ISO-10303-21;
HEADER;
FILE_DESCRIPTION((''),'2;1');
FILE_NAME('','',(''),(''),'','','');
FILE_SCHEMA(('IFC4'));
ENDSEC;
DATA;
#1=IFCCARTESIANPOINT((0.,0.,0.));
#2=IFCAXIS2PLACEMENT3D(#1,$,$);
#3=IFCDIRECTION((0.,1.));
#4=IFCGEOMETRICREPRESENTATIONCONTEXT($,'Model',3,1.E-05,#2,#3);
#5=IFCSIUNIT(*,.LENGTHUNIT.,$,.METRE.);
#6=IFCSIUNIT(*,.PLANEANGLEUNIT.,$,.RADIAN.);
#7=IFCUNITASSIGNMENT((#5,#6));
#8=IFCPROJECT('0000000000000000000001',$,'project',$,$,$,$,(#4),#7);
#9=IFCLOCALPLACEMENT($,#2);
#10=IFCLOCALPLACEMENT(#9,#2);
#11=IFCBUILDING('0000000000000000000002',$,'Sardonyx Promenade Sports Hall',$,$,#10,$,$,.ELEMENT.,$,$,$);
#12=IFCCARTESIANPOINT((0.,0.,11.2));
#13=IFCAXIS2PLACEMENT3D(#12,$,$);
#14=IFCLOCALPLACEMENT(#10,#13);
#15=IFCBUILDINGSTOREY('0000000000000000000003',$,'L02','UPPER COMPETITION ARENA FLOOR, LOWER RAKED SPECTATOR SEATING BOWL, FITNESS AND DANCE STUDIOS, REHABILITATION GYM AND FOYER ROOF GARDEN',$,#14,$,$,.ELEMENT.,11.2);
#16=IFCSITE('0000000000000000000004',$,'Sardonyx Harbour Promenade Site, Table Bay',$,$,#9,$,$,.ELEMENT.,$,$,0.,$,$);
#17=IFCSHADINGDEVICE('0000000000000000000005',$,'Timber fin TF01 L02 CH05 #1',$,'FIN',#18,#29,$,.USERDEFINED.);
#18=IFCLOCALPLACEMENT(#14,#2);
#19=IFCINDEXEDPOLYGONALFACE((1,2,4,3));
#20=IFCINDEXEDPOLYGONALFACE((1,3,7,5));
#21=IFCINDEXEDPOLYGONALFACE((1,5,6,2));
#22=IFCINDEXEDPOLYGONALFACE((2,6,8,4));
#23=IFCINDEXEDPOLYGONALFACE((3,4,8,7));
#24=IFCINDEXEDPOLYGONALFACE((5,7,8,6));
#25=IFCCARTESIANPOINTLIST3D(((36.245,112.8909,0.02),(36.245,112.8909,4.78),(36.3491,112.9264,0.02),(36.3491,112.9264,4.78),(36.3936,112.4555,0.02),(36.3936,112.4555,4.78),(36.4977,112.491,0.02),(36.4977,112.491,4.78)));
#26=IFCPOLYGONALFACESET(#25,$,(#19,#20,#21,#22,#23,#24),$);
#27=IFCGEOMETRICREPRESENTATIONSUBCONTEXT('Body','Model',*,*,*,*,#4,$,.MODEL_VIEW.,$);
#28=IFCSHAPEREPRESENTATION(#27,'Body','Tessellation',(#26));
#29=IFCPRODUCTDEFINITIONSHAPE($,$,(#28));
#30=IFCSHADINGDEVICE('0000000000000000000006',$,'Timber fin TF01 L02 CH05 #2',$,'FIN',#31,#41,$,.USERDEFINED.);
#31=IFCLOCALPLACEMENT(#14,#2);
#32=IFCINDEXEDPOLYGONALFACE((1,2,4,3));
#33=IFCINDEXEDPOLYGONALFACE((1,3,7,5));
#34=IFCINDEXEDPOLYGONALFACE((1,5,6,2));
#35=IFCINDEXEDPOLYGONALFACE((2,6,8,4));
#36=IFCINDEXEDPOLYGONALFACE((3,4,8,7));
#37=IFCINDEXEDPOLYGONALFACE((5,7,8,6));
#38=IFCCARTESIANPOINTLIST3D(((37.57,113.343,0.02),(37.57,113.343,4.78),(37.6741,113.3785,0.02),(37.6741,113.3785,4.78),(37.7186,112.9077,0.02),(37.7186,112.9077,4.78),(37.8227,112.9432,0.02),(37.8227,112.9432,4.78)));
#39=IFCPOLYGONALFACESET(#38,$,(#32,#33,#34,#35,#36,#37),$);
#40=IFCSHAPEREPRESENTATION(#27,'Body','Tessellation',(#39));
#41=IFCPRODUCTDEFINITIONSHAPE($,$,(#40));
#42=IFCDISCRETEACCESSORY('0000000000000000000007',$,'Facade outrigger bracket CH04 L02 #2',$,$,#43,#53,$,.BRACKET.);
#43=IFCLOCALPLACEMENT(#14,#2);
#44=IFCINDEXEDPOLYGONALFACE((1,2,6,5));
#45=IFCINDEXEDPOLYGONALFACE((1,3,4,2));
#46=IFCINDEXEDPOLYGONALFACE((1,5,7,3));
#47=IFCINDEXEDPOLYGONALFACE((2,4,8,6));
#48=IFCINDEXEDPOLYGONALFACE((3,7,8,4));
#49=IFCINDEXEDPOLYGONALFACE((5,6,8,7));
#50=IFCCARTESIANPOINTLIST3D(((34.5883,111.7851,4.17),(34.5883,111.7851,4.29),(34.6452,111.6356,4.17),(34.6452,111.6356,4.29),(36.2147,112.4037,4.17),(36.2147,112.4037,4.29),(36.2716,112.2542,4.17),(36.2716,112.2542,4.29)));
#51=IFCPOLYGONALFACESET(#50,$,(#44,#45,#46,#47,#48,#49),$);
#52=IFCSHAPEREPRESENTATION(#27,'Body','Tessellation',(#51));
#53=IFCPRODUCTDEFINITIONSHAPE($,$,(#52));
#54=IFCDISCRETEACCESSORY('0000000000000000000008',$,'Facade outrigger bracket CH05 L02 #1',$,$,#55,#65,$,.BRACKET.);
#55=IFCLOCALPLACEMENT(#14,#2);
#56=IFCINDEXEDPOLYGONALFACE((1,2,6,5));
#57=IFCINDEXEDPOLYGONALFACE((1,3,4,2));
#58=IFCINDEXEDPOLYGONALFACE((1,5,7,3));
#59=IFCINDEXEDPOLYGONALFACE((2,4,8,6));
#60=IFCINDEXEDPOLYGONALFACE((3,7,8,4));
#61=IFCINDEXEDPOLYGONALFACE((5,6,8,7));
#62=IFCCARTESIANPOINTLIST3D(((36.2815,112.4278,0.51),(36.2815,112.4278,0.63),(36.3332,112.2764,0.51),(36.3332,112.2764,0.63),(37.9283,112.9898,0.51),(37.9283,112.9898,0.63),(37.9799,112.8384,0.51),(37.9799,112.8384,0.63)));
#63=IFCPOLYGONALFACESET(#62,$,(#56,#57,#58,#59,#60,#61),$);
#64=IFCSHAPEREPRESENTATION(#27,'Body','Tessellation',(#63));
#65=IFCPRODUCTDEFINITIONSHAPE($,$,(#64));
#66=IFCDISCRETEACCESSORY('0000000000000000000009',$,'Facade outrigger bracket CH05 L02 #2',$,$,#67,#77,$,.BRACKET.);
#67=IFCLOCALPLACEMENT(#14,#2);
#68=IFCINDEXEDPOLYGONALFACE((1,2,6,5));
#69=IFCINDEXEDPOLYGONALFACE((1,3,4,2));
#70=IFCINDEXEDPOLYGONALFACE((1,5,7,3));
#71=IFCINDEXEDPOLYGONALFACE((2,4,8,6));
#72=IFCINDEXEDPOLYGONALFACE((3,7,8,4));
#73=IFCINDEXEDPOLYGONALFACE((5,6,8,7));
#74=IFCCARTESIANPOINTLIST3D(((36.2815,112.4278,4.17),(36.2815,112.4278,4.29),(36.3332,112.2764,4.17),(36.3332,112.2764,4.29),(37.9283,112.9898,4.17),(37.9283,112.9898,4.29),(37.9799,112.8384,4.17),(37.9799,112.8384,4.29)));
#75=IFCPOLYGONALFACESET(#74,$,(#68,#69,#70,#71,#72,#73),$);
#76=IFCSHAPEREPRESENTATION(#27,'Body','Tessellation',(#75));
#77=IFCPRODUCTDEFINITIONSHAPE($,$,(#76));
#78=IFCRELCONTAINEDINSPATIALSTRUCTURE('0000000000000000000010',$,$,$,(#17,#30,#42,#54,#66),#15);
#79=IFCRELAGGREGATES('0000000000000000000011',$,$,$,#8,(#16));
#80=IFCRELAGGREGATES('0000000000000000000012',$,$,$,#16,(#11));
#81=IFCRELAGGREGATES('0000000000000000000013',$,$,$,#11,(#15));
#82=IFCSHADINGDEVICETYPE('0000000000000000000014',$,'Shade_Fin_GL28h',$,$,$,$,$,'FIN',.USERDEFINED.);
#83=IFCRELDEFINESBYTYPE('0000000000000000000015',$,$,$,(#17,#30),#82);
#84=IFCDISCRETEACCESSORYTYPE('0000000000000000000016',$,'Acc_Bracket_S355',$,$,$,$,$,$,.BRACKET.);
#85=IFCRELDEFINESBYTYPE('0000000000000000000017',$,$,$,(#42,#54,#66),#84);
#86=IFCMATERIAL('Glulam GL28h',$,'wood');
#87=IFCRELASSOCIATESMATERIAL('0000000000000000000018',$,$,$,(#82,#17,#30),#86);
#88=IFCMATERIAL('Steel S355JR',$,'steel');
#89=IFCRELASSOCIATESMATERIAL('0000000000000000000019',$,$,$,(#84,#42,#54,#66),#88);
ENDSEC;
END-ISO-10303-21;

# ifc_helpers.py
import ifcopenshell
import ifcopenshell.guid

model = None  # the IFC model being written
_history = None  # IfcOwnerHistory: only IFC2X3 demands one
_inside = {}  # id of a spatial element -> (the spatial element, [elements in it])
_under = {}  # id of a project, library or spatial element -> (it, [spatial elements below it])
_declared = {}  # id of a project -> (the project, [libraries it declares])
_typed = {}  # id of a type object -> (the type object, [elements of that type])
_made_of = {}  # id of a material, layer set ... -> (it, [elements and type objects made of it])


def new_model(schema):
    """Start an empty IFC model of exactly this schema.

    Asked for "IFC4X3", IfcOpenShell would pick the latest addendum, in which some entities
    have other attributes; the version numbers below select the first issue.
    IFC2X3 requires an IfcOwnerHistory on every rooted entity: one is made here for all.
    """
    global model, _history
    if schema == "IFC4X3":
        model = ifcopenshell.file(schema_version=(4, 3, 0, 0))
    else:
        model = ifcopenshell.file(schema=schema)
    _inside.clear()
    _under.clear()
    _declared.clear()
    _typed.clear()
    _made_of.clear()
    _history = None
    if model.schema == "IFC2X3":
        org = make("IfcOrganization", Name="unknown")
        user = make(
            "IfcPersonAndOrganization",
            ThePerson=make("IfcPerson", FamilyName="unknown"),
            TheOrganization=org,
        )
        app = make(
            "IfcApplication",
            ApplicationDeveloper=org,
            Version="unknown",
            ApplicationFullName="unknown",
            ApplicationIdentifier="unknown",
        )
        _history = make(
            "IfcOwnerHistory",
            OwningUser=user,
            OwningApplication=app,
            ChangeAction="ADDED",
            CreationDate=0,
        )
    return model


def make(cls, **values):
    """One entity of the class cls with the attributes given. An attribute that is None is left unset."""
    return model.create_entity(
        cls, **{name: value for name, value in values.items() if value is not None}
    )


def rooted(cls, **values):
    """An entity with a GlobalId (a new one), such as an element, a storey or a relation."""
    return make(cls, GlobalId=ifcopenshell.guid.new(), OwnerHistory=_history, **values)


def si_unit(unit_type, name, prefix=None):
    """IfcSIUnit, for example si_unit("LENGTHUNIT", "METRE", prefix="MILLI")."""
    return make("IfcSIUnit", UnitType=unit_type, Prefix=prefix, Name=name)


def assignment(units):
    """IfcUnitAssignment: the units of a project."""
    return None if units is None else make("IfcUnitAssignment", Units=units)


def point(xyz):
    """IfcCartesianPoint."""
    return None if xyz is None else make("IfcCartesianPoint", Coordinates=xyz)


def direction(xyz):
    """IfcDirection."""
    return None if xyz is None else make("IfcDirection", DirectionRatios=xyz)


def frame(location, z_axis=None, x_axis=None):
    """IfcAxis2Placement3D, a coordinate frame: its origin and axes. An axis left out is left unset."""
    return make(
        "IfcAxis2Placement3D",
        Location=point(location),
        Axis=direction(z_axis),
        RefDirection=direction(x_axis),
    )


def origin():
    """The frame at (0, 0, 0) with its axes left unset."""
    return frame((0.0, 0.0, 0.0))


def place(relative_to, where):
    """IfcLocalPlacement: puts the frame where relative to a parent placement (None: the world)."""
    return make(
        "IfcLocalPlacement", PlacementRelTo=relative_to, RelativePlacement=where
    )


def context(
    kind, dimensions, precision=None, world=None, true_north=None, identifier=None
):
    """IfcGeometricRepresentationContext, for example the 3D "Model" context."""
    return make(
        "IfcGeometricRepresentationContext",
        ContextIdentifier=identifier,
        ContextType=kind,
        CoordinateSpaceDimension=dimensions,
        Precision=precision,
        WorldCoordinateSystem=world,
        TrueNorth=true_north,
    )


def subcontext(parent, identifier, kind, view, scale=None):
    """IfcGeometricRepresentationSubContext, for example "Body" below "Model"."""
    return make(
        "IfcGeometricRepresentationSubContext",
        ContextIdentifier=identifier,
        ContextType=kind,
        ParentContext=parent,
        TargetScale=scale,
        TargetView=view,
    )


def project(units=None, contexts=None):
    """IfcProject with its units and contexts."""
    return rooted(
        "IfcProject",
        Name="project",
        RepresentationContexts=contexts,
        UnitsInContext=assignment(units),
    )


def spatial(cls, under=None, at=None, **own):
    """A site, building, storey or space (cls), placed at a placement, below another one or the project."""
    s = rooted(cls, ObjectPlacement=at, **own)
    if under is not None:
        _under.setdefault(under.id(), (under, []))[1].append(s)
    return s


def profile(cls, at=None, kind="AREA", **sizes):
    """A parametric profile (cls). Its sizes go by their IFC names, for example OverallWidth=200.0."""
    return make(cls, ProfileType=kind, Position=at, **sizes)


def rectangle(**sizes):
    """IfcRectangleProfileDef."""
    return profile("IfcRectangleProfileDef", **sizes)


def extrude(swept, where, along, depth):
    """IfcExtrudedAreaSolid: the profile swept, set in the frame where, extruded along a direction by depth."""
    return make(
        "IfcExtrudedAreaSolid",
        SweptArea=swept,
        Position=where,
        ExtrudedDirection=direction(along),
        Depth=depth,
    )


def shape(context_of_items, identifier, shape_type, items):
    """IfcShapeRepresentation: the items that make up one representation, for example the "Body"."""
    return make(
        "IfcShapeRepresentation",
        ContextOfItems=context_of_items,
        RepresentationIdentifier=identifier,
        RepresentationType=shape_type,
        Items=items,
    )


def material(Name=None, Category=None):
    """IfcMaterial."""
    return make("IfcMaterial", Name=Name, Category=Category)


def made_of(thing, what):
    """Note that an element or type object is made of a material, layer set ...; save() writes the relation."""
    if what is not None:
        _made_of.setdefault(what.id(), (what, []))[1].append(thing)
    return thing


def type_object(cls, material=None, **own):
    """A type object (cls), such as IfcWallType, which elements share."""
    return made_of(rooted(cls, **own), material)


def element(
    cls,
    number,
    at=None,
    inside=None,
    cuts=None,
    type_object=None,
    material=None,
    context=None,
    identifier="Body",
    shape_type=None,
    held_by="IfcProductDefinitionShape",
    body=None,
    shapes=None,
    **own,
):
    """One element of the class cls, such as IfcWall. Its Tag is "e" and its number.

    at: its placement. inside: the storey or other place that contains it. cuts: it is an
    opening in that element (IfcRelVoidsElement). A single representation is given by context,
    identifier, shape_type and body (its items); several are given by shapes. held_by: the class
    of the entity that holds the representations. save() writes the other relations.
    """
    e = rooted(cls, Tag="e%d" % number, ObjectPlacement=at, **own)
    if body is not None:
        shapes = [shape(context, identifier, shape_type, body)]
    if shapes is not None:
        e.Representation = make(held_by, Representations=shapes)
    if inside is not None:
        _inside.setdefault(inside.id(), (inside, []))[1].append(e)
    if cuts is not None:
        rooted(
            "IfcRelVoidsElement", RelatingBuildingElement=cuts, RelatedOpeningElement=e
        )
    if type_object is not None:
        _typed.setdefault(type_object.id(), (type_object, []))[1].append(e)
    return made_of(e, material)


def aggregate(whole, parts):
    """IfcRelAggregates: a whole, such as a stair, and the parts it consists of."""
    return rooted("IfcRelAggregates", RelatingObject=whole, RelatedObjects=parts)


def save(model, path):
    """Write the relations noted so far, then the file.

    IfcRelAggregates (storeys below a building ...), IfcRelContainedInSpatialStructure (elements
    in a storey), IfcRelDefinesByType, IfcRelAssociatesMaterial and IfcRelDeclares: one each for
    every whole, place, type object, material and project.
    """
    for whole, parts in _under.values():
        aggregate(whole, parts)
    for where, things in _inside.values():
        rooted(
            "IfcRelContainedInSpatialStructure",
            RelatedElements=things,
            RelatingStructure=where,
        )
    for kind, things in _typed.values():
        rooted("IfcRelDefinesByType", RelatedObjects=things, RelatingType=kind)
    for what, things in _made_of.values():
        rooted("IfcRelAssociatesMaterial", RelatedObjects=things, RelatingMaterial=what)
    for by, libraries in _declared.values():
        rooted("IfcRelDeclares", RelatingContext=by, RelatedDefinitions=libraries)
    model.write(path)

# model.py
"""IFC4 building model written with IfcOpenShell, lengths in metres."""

from ifc_helpers import new_model, si_unit, direction, frame, origin, place, context, subcontext, project, spatial, rectangle, extrude, material, type_object, element, save


model = new_model("IFC4")

# Units and contexts
model_context = context("Model", 3, precision=1e-05, world=origin(), true_north=direction((0.0, 1.0)))
body_context = subcontext(model_context, "Body", "Model", "MODEL_VIEW")
ifc_project = project(units=[si_unit("LENGTHUNIT", "METRE"), si_unit("PLANEANGLEUNIT", "RADIAN")], contexts=[model_context])

# Site, building, storey
site_placement = place(None, origin())
site = spatial("IfcSite", under=ifc_project, at=site_placement, Name="Sardonyx Harbour Promenade Site, Table Bay", CompositionType="ELEMENT", RefElevation=0.0)
building_placement = place(site_placement, origin())
building = spatial("IfcBuilding", under=site, at=building_placement, Name="Sardonyx Promenade Sports Hall", CompositionType="ELEMENT")
storey_placement = place(building_placement, frame((0.0, 0.0, 11.2)))
storey = spatial("IfcBuildingStorey", under=building, at=storey_placement, Name="L02", Description="UPPER COMPETITION ARENA FLOOR, LOWER RAKED SPECTATOR SEATING BOWL, FITNESS AND DANCE STUDIOS, REHABILITATION GYM AND FOYER ROOF GARDEN", CompositionType="ELEMENT", Elevation=11.2)

# Shading devices
ifc_material_1 = material(Name="Glulam GL28h", Category="wood")
shading_device_type = type_object("IfcShadingDeviceType", Name="Shade_Fin_GL28h", ElementType="FIN", PredefinedType="USERDEFINED", material=ifc_material_1)
for number, where, z_axis, x_axis, name in (
    (1, (36.3714, 112.6909, 0.02), (0.0, 0.0, 1.0), (0.946411, 0.322966, 0.0), "Timber fin TF01 L02 CH05 #1"),
    (2, (37.6963, 113.1431, 0.02), (0.0, 0.0, 1.0), (0.946411, 0.322966, 0.0), "Timber fin TF01 L02 CH05 #2"),
):
    element("IfcShadingDevice", number, at=place(storey_placement, frame(where, z_axis=z_axis, x_axis=x_axis)), inside=storey, type_object=shading_device_type, material=ifc_material_1, Name=name, ObjectType="FIN", PredefinedType="USERDEFINED", context=body_context, shape_type="SweptSolid", body=[
        extrude(rectangle(XDim=0.11, YDim=0.46), origin(), (0.0, 0.0, 1.0), 4.76),
    ])

# Discrete accessories
ifc_material_2 = material(Name="Steel S355JR", Category="steel")
discrete_accessory_type = type_object("IfcDiscreteAccessoryType", Name="Acc_Bracket_S355", PredefinedType="BRACKET", material=ifc_material_2)
for number, where, z_axis, x_axis, name in (
    (3, (35.4299, 112.0196, 4.17), (0.0, 0.0, 1.0), (0.934666, 0.355528, 0.0), "Facade outrigger bracket CH04 L02 #2"),
    (4, (37.1307, 112.6331, 0.51), (0.0, 0.0, 1.0), (0.946411, 0.322966, 0.0), "Facade outrigger bracket CH05 L02 #1"),
    (5, (37.1307, 112.6331, 4.17), (0.0, 0.0, 1.0), (0.946411, 0.322966, 0.0), "Facade outrigger bracket CH05 L02 #2"),
):
    element("IfcDiscreteAccessory", number, at=place(storey_placement, frame(where, z_axis=z_axis, x_axis=x_axis)), inside=storey, type_object=discrete_accessory_type, material=ifc_material_2, Name=name, PredefinedType="BRACKET", context=body_context, shape_type="SweptSolid", body=[
        extrude(rectangle(XDim=1.74, YDim=0.16), origin(), (0.0, 0.0, 1.0), 0.12),
    ])

save(model, "model.ifc")
